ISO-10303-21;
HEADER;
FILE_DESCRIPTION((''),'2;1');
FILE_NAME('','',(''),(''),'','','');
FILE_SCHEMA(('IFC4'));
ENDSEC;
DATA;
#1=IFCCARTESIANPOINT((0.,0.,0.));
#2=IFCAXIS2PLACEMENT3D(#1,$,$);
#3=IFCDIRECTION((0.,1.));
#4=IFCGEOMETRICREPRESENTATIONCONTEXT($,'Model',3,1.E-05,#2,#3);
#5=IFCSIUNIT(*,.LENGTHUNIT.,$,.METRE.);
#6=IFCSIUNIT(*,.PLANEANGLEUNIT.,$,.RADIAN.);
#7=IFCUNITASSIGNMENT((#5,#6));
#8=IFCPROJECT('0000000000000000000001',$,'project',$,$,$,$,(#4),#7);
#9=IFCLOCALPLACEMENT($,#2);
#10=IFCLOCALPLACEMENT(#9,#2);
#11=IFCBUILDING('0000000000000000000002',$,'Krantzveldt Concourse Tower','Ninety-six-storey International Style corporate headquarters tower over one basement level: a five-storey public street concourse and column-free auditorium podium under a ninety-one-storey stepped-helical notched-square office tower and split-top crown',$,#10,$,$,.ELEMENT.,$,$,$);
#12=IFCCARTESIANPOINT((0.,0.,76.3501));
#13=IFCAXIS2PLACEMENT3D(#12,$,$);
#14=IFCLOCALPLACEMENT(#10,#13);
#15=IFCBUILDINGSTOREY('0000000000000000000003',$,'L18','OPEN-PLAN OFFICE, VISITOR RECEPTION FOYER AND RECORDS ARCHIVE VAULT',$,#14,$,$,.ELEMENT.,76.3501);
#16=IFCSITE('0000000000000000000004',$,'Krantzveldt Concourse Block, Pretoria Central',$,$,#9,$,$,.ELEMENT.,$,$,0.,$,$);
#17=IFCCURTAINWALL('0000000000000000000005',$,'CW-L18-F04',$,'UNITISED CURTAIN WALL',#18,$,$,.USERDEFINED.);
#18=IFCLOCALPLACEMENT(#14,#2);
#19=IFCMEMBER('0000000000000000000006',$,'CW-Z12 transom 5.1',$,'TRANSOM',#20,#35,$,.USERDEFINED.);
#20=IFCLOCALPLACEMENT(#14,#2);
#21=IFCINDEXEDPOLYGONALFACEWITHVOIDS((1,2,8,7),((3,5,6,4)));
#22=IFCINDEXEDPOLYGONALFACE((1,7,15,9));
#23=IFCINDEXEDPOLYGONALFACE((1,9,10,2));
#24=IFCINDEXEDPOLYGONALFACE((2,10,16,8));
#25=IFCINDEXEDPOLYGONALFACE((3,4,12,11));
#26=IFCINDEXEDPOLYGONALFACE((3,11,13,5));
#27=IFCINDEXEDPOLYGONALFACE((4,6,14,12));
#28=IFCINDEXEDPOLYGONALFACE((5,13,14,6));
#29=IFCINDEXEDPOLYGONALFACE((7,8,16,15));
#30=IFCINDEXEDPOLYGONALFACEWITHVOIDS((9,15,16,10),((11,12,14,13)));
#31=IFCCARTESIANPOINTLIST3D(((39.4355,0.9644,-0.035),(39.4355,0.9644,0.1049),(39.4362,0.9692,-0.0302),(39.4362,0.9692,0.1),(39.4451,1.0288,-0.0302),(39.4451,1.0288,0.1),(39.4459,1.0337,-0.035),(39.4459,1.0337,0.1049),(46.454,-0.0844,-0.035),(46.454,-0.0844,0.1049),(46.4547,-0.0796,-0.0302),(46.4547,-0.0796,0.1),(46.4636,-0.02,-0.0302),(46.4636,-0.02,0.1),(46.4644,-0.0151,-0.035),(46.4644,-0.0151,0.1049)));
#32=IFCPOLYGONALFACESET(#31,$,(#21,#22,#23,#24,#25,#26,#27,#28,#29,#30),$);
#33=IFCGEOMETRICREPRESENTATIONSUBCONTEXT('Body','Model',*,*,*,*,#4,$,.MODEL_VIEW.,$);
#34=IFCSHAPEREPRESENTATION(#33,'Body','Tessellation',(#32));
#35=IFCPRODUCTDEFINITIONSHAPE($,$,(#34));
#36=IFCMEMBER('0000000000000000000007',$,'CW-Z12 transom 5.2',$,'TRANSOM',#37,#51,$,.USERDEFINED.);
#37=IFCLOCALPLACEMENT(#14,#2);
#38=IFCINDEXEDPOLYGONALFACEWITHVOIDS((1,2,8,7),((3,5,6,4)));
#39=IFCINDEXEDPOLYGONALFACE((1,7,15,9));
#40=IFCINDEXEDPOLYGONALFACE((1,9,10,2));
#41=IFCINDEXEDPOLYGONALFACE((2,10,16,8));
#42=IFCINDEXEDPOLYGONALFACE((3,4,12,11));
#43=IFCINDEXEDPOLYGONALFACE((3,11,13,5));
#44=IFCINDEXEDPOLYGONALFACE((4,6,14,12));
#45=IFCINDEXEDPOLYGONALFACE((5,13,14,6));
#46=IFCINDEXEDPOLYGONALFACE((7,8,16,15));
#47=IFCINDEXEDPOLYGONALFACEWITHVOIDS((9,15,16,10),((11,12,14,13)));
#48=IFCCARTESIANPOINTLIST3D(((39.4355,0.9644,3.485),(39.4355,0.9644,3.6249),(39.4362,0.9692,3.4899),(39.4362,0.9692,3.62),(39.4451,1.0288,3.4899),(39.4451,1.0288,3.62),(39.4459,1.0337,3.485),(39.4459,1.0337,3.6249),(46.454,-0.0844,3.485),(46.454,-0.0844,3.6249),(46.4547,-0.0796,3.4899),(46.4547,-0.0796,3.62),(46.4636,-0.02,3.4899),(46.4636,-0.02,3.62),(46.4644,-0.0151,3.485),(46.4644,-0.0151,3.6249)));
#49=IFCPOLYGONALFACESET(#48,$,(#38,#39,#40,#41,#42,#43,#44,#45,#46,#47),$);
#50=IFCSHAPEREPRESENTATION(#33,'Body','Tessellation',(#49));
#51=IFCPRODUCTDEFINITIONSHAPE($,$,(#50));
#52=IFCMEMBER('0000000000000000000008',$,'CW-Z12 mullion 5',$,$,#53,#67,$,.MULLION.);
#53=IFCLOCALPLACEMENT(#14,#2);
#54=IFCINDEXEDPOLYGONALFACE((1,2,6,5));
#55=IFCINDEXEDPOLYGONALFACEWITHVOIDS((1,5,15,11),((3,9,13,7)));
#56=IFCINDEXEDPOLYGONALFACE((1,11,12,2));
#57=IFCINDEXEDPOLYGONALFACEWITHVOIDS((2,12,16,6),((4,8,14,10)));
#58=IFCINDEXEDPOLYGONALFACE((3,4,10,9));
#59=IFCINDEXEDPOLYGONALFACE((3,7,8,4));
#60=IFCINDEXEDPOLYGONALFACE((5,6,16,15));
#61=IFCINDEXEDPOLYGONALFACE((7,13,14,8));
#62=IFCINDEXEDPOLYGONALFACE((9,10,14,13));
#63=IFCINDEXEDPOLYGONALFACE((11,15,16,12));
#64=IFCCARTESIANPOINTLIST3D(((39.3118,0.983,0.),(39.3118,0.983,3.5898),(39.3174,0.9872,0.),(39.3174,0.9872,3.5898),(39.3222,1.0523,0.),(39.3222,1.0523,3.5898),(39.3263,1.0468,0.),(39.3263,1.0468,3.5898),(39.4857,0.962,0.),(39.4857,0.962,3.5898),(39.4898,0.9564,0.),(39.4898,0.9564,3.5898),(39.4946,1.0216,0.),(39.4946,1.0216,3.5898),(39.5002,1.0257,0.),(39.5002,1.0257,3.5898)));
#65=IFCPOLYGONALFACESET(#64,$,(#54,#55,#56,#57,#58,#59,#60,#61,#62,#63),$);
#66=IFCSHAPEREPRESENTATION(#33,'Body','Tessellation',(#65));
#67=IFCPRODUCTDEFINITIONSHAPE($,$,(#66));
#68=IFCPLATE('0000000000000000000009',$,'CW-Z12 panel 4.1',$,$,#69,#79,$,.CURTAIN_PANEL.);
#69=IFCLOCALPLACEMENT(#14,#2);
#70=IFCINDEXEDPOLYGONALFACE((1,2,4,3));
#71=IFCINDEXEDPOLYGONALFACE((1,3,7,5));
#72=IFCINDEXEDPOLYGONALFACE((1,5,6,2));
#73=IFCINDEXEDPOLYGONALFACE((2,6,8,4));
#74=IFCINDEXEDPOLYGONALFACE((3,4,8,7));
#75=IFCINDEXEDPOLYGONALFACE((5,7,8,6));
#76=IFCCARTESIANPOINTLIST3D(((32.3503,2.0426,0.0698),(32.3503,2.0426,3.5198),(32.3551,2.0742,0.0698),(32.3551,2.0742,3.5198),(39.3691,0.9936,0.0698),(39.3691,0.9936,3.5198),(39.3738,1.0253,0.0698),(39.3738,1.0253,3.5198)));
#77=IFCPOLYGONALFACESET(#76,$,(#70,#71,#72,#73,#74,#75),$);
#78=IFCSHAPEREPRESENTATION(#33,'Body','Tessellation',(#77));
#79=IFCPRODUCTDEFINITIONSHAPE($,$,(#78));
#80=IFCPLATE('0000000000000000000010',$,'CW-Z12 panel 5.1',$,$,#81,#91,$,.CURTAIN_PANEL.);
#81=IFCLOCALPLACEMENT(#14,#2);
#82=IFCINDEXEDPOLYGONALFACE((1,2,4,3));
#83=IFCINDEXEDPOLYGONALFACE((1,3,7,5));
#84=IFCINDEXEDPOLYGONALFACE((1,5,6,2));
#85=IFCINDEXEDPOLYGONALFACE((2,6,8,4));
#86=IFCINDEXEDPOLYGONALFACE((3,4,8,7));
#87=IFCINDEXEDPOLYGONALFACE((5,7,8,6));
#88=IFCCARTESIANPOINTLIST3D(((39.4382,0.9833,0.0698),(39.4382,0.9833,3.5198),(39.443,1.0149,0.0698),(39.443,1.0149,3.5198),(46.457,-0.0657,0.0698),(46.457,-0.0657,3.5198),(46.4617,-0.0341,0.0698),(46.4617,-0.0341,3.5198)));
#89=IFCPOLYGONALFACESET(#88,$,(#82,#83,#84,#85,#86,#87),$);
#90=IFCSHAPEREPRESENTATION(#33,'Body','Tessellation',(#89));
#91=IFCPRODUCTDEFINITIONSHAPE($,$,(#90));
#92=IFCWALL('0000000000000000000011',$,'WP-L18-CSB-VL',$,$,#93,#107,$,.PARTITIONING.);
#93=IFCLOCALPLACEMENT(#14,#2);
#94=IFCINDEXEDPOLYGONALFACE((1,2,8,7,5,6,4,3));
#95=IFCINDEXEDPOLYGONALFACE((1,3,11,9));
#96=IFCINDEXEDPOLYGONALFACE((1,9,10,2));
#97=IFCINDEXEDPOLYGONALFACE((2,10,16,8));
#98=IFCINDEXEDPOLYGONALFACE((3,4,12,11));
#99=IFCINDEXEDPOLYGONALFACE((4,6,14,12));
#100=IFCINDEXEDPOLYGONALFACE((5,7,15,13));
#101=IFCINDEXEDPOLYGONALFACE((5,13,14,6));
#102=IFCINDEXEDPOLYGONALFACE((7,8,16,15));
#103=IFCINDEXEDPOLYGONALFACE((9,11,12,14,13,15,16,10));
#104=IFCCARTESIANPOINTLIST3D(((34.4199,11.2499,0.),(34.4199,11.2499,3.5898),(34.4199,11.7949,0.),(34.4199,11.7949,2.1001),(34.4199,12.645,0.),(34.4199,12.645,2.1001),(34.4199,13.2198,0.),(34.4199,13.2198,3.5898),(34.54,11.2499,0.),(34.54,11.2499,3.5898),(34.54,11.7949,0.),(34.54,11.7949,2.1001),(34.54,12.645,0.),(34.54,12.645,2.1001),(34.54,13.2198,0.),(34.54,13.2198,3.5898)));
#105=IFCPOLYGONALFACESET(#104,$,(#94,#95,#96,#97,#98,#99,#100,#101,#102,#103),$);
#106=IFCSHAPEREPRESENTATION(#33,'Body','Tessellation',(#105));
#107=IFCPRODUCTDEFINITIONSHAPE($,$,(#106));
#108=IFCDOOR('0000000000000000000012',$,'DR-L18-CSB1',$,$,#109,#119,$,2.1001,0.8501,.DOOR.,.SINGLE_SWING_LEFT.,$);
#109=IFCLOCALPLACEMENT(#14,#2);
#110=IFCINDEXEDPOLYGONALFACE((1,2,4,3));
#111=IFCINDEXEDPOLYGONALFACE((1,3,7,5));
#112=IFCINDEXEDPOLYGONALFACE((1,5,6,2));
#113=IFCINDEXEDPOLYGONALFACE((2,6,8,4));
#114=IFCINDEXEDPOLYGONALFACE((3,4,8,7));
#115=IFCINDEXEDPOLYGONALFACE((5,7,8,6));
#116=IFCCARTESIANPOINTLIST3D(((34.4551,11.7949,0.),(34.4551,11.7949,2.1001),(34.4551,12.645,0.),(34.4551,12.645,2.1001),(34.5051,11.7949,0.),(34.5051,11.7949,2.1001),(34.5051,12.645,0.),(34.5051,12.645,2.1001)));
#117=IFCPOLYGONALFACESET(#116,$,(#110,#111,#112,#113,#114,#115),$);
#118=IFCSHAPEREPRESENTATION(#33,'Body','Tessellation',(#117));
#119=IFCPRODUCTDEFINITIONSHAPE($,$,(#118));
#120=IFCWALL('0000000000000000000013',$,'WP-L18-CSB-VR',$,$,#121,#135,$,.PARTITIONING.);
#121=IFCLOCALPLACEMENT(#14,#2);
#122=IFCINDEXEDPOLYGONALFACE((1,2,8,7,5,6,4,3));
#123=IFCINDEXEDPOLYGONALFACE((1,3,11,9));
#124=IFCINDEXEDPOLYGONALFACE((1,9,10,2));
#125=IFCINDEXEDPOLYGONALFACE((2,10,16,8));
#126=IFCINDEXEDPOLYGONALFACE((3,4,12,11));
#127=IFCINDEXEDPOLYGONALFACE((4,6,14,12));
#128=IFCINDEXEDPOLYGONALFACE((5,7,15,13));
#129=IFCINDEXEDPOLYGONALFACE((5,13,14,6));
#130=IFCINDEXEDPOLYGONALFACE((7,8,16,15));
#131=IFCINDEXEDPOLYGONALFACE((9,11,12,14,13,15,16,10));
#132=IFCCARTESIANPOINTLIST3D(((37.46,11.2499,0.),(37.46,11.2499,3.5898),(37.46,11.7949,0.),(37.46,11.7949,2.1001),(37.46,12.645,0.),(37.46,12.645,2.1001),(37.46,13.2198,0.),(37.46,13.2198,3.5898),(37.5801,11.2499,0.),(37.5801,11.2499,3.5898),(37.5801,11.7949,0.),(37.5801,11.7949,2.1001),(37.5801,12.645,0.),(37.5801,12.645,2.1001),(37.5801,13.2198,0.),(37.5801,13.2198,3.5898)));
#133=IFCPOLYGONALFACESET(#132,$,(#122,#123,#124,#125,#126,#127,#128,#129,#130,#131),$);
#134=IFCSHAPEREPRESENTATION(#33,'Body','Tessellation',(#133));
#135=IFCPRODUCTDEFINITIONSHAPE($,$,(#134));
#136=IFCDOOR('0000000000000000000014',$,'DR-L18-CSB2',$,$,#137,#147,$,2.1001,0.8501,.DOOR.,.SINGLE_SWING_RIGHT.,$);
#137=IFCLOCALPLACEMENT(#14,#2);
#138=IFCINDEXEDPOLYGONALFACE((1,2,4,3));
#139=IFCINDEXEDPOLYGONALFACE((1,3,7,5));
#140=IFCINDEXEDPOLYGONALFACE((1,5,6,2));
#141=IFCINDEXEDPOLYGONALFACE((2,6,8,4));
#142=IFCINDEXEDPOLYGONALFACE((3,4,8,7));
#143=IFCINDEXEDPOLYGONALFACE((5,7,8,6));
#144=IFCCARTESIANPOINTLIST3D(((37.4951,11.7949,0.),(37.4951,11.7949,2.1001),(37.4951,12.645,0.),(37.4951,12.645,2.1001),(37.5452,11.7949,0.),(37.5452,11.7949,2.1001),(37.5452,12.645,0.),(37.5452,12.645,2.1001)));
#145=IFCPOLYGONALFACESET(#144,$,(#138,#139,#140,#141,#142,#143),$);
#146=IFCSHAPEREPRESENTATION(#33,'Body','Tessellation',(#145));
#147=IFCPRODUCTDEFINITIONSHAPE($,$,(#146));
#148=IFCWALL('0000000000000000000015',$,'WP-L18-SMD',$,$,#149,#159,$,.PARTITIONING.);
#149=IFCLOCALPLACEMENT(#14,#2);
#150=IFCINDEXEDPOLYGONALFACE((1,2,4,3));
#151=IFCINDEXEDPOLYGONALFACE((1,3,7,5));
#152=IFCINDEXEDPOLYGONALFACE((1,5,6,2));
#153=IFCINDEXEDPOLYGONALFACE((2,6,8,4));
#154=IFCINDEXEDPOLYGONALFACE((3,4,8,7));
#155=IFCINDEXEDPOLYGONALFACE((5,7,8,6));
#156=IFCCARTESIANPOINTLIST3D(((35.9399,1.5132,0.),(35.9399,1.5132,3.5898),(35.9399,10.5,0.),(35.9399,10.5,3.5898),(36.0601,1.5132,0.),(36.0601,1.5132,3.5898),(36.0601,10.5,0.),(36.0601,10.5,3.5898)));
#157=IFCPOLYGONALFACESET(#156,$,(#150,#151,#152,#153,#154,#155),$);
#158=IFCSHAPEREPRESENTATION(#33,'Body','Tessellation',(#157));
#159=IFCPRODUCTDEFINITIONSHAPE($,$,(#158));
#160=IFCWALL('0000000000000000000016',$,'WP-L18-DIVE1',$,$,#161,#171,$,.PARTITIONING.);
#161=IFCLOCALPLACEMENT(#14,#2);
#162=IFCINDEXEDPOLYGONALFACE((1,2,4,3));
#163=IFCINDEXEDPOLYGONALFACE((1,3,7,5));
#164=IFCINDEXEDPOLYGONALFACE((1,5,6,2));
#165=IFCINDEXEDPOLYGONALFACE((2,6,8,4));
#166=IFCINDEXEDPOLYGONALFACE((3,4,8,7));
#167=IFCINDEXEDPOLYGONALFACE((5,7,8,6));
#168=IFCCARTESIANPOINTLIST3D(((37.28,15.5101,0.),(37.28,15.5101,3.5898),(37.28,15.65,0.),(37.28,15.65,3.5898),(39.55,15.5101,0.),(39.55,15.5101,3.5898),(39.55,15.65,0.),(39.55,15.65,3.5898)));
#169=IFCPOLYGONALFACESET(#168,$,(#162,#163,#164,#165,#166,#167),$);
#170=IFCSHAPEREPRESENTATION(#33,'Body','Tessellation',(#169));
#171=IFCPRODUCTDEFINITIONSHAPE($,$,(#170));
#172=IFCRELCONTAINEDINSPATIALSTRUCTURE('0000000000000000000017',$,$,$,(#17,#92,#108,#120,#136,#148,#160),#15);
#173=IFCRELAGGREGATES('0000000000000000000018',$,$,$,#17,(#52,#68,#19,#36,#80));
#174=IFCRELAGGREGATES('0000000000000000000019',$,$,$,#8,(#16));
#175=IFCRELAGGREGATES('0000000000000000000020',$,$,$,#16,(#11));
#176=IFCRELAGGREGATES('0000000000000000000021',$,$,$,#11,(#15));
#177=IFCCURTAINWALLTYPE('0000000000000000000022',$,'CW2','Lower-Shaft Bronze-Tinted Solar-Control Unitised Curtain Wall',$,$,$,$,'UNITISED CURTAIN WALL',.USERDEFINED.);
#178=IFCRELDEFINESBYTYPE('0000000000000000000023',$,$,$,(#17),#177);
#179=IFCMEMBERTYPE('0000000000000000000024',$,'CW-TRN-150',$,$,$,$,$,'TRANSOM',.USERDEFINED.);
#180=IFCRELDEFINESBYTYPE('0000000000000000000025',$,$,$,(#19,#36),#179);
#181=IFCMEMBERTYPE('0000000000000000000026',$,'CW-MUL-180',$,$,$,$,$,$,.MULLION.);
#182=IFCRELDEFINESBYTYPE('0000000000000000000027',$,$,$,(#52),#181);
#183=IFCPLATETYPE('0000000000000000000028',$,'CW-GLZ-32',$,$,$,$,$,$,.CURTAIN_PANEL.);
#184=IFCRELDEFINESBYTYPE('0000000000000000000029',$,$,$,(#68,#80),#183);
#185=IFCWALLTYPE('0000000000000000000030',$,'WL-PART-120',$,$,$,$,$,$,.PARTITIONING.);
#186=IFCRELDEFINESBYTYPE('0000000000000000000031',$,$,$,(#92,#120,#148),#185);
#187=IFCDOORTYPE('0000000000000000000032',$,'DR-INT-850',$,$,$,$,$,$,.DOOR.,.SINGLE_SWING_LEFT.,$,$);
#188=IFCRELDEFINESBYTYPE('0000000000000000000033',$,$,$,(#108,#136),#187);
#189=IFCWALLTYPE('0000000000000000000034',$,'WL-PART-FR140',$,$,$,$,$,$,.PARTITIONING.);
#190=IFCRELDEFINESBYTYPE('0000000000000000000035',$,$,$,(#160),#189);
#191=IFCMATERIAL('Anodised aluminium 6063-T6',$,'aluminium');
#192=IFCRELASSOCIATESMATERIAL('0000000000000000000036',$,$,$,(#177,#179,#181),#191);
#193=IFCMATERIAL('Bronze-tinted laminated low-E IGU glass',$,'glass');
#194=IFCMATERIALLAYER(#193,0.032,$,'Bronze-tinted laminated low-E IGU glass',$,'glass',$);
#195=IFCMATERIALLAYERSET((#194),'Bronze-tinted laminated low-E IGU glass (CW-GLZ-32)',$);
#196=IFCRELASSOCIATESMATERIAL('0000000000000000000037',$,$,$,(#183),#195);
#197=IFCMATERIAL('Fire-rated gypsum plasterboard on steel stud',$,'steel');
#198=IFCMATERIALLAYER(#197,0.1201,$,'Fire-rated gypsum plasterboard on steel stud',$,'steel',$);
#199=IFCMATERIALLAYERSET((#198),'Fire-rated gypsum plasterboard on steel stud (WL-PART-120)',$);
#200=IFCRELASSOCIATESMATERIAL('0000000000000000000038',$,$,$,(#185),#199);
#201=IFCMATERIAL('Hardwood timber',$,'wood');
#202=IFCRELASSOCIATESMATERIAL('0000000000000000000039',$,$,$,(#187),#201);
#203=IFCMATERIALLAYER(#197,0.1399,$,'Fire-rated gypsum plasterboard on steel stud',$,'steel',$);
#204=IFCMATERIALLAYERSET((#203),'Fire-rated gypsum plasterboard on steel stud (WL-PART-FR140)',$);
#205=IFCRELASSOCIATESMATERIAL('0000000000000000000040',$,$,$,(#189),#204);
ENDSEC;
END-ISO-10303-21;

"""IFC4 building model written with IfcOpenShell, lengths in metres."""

from ifc_helpers import new_model, si_unit, direction, frame, frame_2d, origin, origin_2d, place, context, subcontext, project, spatial, rectangle, hollow_rectangle, extrude, source, transform, mapped, material, layer, layer_set, material_profile, profile_set, type_object, type_shapes, element, fill, aggregate, save


model = new_model("IFC4")

# Units and contexts
model_context = context("Model", 3, precision=1e-05, world=origin(), true_north=direction((0.0, 1.0)))
body_context = subcontext(model_context, "Body", "Model", "MODEL_VIEW")
ifc_project = project(units=[si_unit("LENGTHUNIT", "METRE"), si_unit("PLANEANGLEUNIT", "RADIAN")], contexts=[model_context])

# Site, building, storey
site_placement = place(None, origin())
site = spatial("IfcSite", under=ifc_project, at=site_placement, Name="Krantzveldt Concourse Block, Pretoria Central", CompositionType="ELEMENT", RefElevation=0.0)
building_placement = place(site_placement, origin())
building = spatial("IfcBuilding", under=site, at=building_placement, Name="Krantzveldt Concourse Tower", Description="Ninety-six-storey International Style corporate headquarters tower over one basement level: a five-storey public street concourse and column-free auditorium podium under a ninety-one-storey stepped-helical notched-square office tower and split-top crown", CompositionType="ELEMENT")
storey_placement = place(building_placement, frame((0.0, 0.0, 76.3501)))
storey = spatial("IfcBuildingStorey", under=building, at=storey_placement, Name="L18", Description="OPEN-PLAN OFFICE, VISITOR RECEPTION FOYER AND RECORDS ARCHIVE VAULT", CompositionType="ELEMENT", Elevation=76.3501)

# Curtain wall, members, plates
ifc_material_1 = material(Name="Anodised aluminium 6063-T6", Category="aluminium")
curtain_wall_type = type_object("IfcCurtainWallType", Name="CW2", Description="Lower-Shaft Bronze-Tinted Solar-Control Unitised Curtain Wall", ElementType="UNITISED CURTAIN WALL", PredefinedType="USERDEFINED", material=ifc_material_1)
curtain_wall_placement = place(storey_placement, origin())
curtain_wall = element("IfcCurtainWall", 1, at=curtain_wall_placement, inside=storey, type_object=curtain_wall_type, Name="CW-L18-F04", ObjectType="UNITISED CURTAIN WALL", PredefinedType="USERDEFINED")
ifc_material_profile_1 = material_profile(ifc_material_1, hollow_rectangle(XDim=0.0701, YDim=0.1399, WallThickness=0.0049, at=origin_2d()), Name="Anodised aluminium 6063-T6", Category="aluminium")
ifc_profile_set_1 = profile_set([ifc_material_profile_1], Name="Anodised aluminium 6063-T6 - ALU-TRAN 140x70x5")
member_type_1 = type_object("IfcMemberType", Name="CW-TRN-150", ElementType="TRANSOM", PredefinedType="USERDEFINED", material=ifc_profile_set_1)
shared_shape_1 = source(origin(), body_context, "Body", "SweptSolid", [
    extrude(hollow_rectangle(XDim=0.0701, YDim=0.1399, WallThickness=0.0049, at=origin_2d()), origin(), (0.0, 0.0, 1.0), 7.0964),
])
type_shapes(member_type_1, [shared_shape_1])
member_1_placement = place(storey_placement, frame((39.4407, 0.999, 0.0349), z_axis=(0.989018, -0.147795, 0.0), x_axis=(0.147795, 0.989018, 0.0)))
member_1 = element("IfcMember", 2, at=member_1_placement, type_object=member_type_1, Name="CW-Z12 transom 5.1", ObjectType="TRANSOM", PredefinedType="USERDEFINED", context=body_context, shape_type="MappedRepresentation", body=[
    mapped(shared_shape_1, transform((0.0, 0.0, 0.0), x_axis=(1.0, 0.0, 0.0), y_axis=(0.0, 1.0, 0.0), z_axis=(0.0, 0.0, 1.0), scale=1.0)),
])
member_2_placement = place(storey_placement, frame((39.4407, 0.999, 3.5549), z_axis=(0.989018, -0.147795, 0.0), x_axis=(0.147795, 0.989018, 0.0)))
member_2 = element("IfcMember", 3, at=member_2_placement, type_object=member_type_1, Name="CW-Z12 transom 5.2", ObjectType="TRANSOM", PredefinedType="USERDEFINED", context=body_context, shape_type="MappedRepresentation", body=[
    mapped(shared_shape_1, transform((0.0, 0.0, 0.0), x_axis=(1.0, 0.0, 0.0), y_axis=(0.0, 1.0, 0.0), z_axis=(0.0, 0.0, 1.0), scale=1.0)),
])
ifc_material_profile_2 = material_profile(ifc_material_1, hollow_rectangle(XDim=0.0701, YDim=0.1799, WallThickness=0.0049, at=origin_2d()), Name="Anodised aluminium 6063-T6", Category="aluminium")
ifc_profile_set_2 = profile_set([ifc_material_profile_2], Name="Anodised aluminium 6063-T6 - ALU-MULL 180x70x5")
member_type_2 = type_object("IfcMemberType", Name="CW-MUL-180", PredefinedType="MULLION", material=ifc_profile_set_2)
shared_shape_2 = source(origin(), body_context, "Body", "SweptSolid", [
    extrude(hollow_rectangle(XDim=0.0701, YDim=0.1799, WallThickness=0.0049, at=origin_2d()), origin(), (0.0, 0.0, 1.0), 3.5898),
])
type_shapes(member_type_2, [shared_shape_2])
member_3_placement = place(storey_placement, frame((39.406, 1.0044, 0.0), z_axis=(0.0, 0.0, 1.0), x_axis=(0.14781, 0.989016, 0.0)))
member_3 = element("IfcMember", 4, at=member_3_placement, type_object=member_type_2, Name="CW-Z12 mullion 5", PredefinedType="MULLION", context=body_context, shape_type="MappedRepresentation", body=[
    mapped(shared_shape_2, transform((0.0, 0.0, 0.0), x_axis=(1.0, 0.0, 0.0), y_axis=(0.0, 1.0, 0.0), z_axis=(0.0, 0.0, 1.0), scale=1.0)),
])
ifc_material_2 = material(Name="Bronze-tinted laminated low-E IGU glass", Category="glass")
ifc_layer_1 = layer(ifc_material_2, 0.032, Name="Bronze-tinted laminated low-E IGU glass", Category="glass")
ifc_layer_set_1 = layer_set([ifc_layer_1], Name="Bronze-tinted laminated low-E IGU glass (CW-GLZ-32)")
plate_type = type_object("IfcPlateType", Name="CW-GLZ-32", PredefinedType="CURTAIN_PANEL", material=ifc_layer_set_1)
shared_shape_3 = source(origin(), body_context, "Body", "SweptSolid", [
    extrude(rectangle(XDim=7.0967, YDim=0.032, at=origin_2d()), origin(), (0.0, 0.0, 1.0), 3.45),
])
type_shapes(plate_type, [shared_shape_3])
plate_1_placement = place(storey_placement, frame((35.8621, 1.5339, 0.0698), z_axis=(0.0, 0.0, 1.0), x_axis=(0.989016, -0.14781, 0.0)))
plate_1 = element("IfcPlate", 5, at=plate_1_placement, type_object=plate_type, Name="CW-Z12 panel 4.1", PredefinedType="CURTAIN_PANEL", context=body_context, shape_type="MappedRepresentation", body=[
    mapped(shared_shape_3, transform((0.0, 0.0, 0.0), x_axis=(1.0, 0.0, 0.0), y_axis=(0.0, 1.0, 0.0), z_axis=(0.0, 0.0, 1.0), scale=1.0)),
])
plate_2_placement = place(storey_placement, frame((42.95, 0.4746, 0.0698), z_axis=(0.0, 0.0, 1.0), x_axis=(0.989016, -0.14781, 0.0)))
plate_2 = element("IfcPlate", 6, at=plate_2_placement, type_object=plate_type, Name="CW-Z12 panel 5.1", PredefinedType="CURTAIN_PANEL", context=body_context, shape_type="MappedRepresentation", body=[
    mapped(shared_shape_3, transform((0.0, 0.0, 0.0), x_axis=(1.0, 0.0, 0.0), y_axis=(0.0, 1.0, 0.0), z_axis=(0.0, 0.0, 1.0), scale=1.0)),
])
aggregate(curtain_wall, [member_3, plate_1, member_1, member_2, plate_2])

# Walls, openings, doors
ifc_material_3 = material(Name="Fire-rated gypsum plasterboard on steel stud", Category="steel")
ifc_layer_2 = layer(ifc_material_3, 0.1201, Name="Fire-rated gypsum plasterboard on steel stud", Category="steel")
ifc_layer_set_2 = layer_set([ifc_layer_2], Name="Fire-rated gypsum plasterboard on steel stud (WL-PART-120)")
wall_type_1 = type_object("IfcWallType", Name="WL-PART-120", PredefinedType="PARTITIONING", material=ifc_layer_set_2)
wall_1_placement = place(storey_placement, frame((34.48, 11.25, 0.0), z_axis=(0.0, 0.0, 1.0), x_axis=(0.0, 1.0, 0.0)))
wall_1 = element("IfcWall", 7, at=wall_1_placement, inside=storey, type_object=wall_type_1, Name="WP-L18-CSB-VL", PredefinedType="PARTITIONING", context=body_context, shape_type="SweptSolid", body=[
    extrude(rectangle(XDim=1.97, YDim=0.1201, at=frame_2d((0.9849, 0.0))), origin(), (0.0, 0.0, 1.0), 3.5898),
])
opening_1_placement = place(wall_1_placement, frame((0.5449, 0.0, 0.0)))
opening_1 = element("IfcOpeningElement", 8, at=opening_1_placement, cuts=wall_1, PredefinedType="OPENING", context=body_context, shape_type="SweptSolid", body=[
    extrude(rectangle(XDim=0.8501, YDim=2.1001, at=frame_2d((0.425, 1.05))), frame((0.0, 0.0701, 0.0), z_axis=(0.0, -1.0, 0.0), x_axis=(1.0, 0.0, 0.0)), (0.0, 0.0, 1.0), 0.1401),
])
ifc_material_4 = material(Name="Hardwood timber", Category="wood")
door_type_1 = type_object("IfcDoorType", Name="DR-INT-850", OperationType="SINGLE_SWING_LEFT", PredefinedType="DOOR", material=ifc_material_4)
door_1_placement = place(opening_1_placement, origin())
door_1 = element("IfcDoor", 9, at=door_1_placement, inside=storey, type_object=door_type_1, Name="DR-L18-CSB1", OperationType="SINGLE_SWING_LEFT", OverallHeight=2.1001, OverallWidth=0.8501, PredefinedType="DOOR", context=body_context, shape_type="SweptSolid", body=[
    extrude(rectangle(XDim=0.8501, YDim=2.1001, at=frame_2d((0.425, 1.05))), frame((0.0, 0.0249, 0.0), z_axis=(0.0, -1.0, 0.0), x_axis=(1.0, 0.0, 0.0)), (0.0, 0.0, 1.0), 0.05),
])
fill(opening_1, door_1)
wall_2_placement = place(storey_placement, frame((37.52, 11.25, 0.0), z_axis=(0.0, 0.0, 1.0), x_axis=(0.0, 1.0, 0.0)))
wall_2 = element("IfcWall", 10, at=wall_2_placement, inside=storey, type_object=wall_type_1, Name="WP-L18-CSB-VR", PredefinedType="PARTITIONING", context=body_context, shape_type="SweptSolid", body=[
    extrude(rectangle(XDim=1.97, YDim=0.1201, at=frame_2d((0.9849, 0.0))), origin(), (0.0, 0.0, 1.0), 3.5898),
])
opening_2_placement = place(wall_2_placement, frame((0.5449, 0.0, 0.0)))
opening_2 = element("IfcOpeningElement", 11, at=opening_2_placement, cuts=wall_2, PredefinedType="OPENING", context=body_context, shape_type="SweptSolid", body=[
    extrude(rectangle(XDim=0.8501, YDim=2.1001, at=frame_2d((0.425, 1.05))), frame((0.0, 0.0701, 0.0), z_axis=(0.0, -1.0, 0.0), x_axis=(1.0, 0.0, 0.0)), (0.0, 0.0, 1.0), 0.1401),
])
door_2_placement = place(opening_2_placement, origin())
door_2 = element("IfcDoor", 12, at=door_2_placement, inside=storey, type_object=door_type_1, Name="DR-L18-CSB2", OperationType="SINGLE_SWING_RIGHT", OverallHeight=2.1001, OverallWidth=0.8501, PredefinedType="DOOR", context=body_context, shape_type="SweptSolid", body=[
    extrude(rectangle(XDim=0.8501, YDim=2.1001, at=frame_2d((0.425, 1.05))), frame((0.0, 0.0249, 0.0), z_axis=(0.0, -1.0, 0.0), x_axis=(1.0, 0.0, 0.0)), (0.0, 0.0, 1.0), 0.05),
])
fill(opening_2, door_2)

# Wall
wall_3_placement = place(storey_placement, frame((36.0, 1.5132, 0.0), z_axis=(0.0, 0.0, 1.0), x_axis=(0.0, 1.0, 0.0)))
element("IfcWall", 13, at=wall_3_placement, inside=storey, type_object=wall_type_1, Name="WP-L18-SMD", PredefinedType="PARTITIONING", context=body_context, shape_type="SweptSolid", body=[
    extrude(rectangle(XDim=8.9868, YDim=0.1201, at=frame_2d((4.4934, 0.0))), origin(), (0.0, 0.0, 1.0), 3.5898),
])

# Shared definitions
ifc_layer_3 = layer(ifc_material_3, 0.1399, Name="Fire-rated gypsum plasterboard on steel stud", Category="steel")
ifc_layer_set_3 = layer_set([ifc_layer_3], Name="Fire-rated gypsum plasterboard on steel stud (WL-PART-FR140)")
wall_type_2 = type_object("IfcWallType", Name="WL-PART-FR140", PredefinedType="PARTITIONING", material=ifc_layer_set_3)

# Wall
wall_4_placement = place(storey_placement, frame((37.28, 15.5801, 0.0), z_axis=(0.0, 0.0, 1.0), x_axis=(1.0, 0.0, 0.0)))
element("IfcWall", 14, at=wall_4_placement, inside=storey, type_object=wall_type_2, Name="WP-L18-DIVE1", PredefinedType="PARTITIONING", context=body_context, shape_type="SweptSolid", body=[
    extrude(rectangle(XDim=2.27, YDim=0.1399, at=frame_2d((1.135, 0.0))), origin(), (0.0, 0.0, 1.0), 3.5898),
])

save(model, "model.ifc")
